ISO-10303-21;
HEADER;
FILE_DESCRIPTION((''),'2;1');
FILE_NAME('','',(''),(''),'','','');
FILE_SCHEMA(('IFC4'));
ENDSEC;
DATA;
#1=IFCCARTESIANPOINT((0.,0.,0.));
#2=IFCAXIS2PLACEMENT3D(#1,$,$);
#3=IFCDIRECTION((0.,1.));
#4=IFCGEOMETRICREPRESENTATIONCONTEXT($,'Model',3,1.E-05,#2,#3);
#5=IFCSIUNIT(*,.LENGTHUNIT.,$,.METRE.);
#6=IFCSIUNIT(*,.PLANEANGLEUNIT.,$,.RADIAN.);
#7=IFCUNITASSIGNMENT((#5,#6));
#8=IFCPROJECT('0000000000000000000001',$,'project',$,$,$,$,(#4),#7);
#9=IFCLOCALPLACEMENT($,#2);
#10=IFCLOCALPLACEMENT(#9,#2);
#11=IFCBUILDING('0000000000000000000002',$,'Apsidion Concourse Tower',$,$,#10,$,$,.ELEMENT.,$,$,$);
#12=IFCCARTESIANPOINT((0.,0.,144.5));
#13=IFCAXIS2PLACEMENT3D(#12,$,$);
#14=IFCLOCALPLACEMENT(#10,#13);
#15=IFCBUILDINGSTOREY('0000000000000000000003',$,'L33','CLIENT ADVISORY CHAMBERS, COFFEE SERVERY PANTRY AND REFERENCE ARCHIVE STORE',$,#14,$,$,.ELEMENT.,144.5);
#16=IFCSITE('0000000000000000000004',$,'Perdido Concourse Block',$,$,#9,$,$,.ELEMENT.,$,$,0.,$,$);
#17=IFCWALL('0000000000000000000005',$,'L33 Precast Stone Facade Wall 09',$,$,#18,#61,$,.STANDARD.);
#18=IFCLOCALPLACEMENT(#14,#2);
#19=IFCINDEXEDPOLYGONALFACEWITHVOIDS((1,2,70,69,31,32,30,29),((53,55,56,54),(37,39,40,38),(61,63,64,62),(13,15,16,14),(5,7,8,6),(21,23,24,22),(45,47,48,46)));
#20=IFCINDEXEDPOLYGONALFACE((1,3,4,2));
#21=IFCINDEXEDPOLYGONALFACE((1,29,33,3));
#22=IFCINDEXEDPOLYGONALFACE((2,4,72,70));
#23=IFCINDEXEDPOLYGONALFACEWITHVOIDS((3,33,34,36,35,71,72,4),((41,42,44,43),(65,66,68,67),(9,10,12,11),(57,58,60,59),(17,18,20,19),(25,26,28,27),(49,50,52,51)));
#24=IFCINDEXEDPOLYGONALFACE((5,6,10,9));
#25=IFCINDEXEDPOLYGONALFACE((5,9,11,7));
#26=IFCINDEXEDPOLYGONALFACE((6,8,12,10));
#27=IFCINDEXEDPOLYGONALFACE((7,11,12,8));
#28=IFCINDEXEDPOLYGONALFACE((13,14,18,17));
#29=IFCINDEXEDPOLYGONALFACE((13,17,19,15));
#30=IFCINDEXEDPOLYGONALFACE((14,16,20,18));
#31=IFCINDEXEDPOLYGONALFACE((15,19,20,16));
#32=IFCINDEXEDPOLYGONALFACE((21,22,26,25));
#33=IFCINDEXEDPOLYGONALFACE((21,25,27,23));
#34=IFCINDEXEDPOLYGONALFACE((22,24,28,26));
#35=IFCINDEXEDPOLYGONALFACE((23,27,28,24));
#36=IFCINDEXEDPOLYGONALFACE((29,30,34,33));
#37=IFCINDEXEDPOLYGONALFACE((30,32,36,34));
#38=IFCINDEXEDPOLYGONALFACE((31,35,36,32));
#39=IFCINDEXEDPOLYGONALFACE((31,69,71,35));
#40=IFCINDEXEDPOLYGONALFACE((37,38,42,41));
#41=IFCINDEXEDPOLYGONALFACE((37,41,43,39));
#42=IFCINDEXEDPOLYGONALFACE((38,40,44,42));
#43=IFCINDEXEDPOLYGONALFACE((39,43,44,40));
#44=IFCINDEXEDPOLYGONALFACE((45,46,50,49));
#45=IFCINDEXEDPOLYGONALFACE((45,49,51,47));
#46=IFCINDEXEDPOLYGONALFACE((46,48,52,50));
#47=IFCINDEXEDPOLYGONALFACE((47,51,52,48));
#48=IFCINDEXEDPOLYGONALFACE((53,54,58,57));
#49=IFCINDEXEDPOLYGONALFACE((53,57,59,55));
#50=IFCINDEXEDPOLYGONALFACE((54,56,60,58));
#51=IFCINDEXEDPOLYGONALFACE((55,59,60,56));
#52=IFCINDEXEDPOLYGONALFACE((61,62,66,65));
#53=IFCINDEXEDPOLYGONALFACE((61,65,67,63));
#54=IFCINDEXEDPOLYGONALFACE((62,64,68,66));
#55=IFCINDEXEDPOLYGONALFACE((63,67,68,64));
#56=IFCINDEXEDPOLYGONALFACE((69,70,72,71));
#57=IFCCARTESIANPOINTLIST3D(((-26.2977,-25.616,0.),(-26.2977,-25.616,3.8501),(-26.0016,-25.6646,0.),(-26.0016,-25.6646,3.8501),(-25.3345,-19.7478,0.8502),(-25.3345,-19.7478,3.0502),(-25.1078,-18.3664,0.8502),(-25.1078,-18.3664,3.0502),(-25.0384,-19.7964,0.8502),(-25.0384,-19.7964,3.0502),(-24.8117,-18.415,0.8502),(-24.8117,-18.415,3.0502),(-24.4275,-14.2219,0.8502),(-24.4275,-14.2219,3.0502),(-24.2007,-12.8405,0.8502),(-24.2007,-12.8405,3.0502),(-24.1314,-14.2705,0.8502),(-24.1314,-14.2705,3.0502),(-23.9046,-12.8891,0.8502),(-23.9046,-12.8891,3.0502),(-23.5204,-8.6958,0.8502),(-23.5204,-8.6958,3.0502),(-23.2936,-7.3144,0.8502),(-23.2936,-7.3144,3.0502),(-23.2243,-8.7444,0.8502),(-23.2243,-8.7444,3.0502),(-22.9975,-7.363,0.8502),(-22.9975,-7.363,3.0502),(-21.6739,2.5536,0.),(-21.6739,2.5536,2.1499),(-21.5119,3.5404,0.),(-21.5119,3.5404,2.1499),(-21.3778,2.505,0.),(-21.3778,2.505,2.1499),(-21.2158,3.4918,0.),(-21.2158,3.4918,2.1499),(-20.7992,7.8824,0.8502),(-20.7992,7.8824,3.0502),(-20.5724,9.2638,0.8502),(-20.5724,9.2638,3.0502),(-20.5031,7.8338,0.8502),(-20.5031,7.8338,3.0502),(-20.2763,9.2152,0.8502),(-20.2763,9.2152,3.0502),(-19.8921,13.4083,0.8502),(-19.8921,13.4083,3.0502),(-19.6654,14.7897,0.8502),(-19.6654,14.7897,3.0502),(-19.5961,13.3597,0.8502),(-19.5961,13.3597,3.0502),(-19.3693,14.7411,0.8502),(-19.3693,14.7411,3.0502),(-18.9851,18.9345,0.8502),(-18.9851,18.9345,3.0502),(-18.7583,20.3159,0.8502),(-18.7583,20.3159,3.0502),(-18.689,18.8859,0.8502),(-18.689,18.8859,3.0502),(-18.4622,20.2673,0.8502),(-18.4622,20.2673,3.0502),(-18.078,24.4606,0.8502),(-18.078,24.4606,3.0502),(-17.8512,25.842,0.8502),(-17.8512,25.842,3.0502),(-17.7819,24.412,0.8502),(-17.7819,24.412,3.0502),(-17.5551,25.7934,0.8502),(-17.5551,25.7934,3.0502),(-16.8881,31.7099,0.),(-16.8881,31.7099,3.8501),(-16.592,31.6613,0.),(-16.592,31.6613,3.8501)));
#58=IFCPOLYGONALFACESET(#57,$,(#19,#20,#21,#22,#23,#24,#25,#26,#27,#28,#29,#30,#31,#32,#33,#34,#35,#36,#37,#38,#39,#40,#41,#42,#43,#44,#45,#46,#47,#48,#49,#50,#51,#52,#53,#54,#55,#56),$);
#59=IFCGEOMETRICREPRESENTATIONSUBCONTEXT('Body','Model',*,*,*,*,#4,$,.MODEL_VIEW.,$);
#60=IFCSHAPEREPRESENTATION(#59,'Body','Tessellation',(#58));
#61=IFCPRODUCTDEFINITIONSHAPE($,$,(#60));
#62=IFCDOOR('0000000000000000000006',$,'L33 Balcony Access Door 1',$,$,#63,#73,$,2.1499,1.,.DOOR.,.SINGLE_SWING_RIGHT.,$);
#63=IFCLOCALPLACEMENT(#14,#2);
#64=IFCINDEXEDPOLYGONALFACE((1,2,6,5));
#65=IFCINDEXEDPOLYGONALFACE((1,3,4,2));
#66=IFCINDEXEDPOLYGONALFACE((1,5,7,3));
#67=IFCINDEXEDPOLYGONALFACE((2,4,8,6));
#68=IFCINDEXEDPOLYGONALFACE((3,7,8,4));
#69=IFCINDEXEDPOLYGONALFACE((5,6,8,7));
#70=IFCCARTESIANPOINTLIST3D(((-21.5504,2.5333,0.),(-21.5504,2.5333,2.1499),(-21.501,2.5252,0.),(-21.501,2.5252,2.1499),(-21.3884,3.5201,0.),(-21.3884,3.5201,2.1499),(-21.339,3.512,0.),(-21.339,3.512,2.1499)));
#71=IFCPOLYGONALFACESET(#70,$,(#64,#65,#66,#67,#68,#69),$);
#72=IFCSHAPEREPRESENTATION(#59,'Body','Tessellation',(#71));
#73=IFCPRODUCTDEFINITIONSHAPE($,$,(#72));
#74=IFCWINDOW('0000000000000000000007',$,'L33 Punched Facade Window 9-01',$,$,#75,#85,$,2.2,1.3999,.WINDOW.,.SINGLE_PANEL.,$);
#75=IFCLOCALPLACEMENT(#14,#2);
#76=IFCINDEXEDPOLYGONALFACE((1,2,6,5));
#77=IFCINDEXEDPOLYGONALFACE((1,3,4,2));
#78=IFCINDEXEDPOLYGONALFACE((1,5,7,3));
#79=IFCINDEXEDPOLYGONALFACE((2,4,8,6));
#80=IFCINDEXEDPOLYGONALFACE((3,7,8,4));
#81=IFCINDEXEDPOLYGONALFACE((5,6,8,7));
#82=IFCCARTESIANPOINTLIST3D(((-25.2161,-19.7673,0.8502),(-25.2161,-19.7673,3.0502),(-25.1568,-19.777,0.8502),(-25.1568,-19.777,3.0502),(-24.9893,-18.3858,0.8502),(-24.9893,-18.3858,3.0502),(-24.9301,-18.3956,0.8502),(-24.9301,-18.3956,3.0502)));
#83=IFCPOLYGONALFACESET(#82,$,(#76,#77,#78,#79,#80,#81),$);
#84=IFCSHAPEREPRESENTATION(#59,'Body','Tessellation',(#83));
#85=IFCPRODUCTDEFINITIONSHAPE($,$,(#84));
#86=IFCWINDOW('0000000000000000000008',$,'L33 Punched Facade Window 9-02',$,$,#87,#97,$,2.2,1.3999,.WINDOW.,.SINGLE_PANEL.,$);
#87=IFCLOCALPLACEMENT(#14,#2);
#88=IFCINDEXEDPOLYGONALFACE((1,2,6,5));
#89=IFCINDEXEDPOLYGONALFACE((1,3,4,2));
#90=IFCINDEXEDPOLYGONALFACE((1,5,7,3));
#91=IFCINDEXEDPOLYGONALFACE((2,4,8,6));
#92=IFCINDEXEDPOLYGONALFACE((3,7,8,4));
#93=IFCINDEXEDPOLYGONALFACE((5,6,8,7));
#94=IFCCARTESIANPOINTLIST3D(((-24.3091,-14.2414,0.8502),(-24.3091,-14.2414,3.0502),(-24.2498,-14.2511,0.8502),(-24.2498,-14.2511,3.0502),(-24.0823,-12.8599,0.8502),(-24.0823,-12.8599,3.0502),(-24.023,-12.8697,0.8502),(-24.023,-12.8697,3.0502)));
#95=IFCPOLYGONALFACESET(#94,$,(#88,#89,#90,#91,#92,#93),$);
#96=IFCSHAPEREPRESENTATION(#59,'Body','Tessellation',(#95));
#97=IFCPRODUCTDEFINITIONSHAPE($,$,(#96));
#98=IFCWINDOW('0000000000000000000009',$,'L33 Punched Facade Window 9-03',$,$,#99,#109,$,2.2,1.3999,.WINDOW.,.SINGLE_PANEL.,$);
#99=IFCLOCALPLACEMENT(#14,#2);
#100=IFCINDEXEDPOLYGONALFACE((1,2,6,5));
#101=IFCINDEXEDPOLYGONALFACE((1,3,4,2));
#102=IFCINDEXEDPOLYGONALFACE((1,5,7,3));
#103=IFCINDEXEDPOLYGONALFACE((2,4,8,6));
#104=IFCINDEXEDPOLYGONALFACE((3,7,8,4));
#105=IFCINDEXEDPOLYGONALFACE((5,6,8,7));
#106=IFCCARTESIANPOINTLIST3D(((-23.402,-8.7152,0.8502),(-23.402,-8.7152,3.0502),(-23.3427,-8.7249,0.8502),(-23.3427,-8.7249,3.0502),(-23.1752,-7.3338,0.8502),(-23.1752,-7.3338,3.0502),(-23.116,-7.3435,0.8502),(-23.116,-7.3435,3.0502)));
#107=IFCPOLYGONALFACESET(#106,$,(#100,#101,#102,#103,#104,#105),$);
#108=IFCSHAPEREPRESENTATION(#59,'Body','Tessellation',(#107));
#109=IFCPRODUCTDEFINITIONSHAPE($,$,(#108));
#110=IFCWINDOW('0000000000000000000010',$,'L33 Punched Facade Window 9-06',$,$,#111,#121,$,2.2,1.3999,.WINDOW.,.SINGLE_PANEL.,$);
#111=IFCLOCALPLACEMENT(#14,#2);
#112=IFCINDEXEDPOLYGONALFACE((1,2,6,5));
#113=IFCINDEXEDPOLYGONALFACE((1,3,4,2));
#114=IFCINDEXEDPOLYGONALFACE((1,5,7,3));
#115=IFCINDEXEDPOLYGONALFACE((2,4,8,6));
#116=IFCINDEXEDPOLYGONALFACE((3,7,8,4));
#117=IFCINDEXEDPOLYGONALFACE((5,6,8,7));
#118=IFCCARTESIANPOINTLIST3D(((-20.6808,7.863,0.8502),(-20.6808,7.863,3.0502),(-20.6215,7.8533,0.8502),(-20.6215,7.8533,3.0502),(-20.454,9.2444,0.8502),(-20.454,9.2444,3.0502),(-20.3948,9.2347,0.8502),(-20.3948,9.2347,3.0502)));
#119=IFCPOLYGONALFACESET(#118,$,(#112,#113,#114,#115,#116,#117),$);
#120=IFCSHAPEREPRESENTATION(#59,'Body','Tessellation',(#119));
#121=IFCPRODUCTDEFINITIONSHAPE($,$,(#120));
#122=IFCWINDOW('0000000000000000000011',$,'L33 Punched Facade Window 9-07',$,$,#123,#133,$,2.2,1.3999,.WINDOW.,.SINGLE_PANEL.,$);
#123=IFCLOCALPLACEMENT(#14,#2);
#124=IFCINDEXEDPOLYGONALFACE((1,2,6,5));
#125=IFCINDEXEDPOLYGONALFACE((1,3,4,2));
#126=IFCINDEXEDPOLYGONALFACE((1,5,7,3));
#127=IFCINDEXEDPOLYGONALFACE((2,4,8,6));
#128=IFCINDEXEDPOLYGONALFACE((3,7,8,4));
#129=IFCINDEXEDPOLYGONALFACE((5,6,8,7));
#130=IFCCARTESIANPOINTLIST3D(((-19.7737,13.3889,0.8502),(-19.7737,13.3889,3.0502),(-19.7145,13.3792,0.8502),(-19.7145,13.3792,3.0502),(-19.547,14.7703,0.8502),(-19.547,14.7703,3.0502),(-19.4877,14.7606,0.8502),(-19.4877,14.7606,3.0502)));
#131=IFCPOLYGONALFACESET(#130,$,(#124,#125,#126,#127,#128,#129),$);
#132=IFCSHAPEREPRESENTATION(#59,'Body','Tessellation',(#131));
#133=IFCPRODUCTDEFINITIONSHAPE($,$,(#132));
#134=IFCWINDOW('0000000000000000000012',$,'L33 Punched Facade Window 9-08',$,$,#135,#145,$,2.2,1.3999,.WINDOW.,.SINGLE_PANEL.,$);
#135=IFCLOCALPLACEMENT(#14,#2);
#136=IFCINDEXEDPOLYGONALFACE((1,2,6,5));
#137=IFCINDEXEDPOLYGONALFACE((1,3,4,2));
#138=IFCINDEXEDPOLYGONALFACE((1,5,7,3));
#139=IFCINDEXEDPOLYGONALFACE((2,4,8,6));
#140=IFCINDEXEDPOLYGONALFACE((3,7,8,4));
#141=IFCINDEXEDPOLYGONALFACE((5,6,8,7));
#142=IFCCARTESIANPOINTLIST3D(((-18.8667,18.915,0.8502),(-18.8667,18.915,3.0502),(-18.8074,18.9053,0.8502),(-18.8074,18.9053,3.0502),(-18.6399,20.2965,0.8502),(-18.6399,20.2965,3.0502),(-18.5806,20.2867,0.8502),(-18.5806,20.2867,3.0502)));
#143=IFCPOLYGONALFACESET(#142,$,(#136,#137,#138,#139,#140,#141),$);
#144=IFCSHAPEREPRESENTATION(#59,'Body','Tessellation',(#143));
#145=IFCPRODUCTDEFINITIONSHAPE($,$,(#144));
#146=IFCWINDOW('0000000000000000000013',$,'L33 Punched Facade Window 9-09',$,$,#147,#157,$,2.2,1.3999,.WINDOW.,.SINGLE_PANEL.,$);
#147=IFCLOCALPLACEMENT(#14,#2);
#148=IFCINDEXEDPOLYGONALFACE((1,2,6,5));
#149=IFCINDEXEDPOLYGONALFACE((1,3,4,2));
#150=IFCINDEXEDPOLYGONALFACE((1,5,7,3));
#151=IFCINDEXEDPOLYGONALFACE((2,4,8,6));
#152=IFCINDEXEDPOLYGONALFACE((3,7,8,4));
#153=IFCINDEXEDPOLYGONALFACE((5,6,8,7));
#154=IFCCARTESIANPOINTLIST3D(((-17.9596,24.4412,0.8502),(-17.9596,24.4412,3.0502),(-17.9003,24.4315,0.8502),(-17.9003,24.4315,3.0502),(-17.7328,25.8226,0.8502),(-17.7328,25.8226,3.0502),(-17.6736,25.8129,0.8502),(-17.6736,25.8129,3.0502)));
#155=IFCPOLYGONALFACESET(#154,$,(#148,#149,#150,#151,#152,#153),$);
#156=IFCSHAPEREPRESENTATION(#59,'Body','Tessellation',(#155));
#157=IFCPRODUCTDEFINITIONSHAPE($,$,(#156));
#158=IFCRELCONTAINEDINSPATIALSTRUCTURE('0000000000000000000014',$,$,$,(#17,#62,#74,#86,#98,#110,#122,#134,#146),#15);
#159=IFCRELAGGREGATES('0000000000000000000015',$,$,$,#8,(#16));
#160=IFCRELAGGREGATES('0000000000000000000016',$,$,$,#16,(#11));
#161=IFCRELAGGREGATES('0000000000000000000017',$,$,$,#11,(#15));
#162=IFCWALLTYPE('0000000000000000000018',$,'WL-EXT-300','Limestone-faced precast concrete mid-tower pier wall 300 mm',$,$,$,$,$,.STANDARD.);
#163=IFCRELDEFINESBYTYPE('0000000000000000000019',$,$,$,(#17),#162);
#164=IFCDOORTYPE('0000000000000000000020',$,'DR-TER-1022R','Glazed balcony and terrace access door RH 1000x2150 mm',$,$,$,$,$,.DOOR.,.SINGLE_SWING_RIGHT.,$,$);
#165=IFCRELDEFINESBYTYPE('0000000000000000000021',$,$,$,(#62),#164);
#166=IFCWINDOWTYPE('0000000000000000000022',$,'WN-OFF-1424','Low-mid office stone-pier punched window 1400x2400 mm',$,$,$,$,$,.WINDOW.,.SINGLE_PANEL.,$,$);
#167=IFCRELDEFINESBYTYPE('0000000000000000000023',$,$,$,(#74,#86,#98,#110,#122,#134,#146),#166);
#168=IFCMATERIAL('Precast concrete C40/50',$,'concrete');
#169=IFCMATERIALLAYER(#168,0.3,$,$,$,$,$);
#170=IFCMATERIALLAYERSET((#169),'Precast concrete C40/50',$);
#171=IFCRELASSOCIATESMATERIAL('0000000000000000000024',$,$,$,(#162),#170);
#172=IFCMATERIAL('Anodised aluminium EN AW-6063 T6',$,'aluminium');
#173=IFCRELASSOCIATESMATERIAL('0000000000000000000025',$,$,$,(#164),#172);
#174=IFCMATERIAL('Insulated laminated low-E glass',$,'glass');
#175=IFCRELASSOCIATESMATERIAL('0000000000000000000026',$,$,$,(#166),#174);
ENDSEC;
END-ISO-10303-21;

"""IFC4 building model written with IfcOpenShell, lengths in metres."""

from ifc_helpers import new_model, si_unit, direction, frame, frame_2d, origin, place, context, subcontext, project, spatial, rectangle, extrude, material, layer, layer_set, type_object, element, fill, save


model = new_model("IFC4")

# Units and contexts
model_context = context("Model", 3, precision=1e-05, world=origin(), true_north=direction((0.0, 1.0)))
body_context = subcontext(model_context, "Body", "Model", "MODEL_VIEW")
ifc_project = project(units=[si_unit("LENGTHUNIT", "METRE"), si_unit("PLANEANGLEUNIT", "RADIAN")], contexts=[model_context])

# Site, building, storey
site_placement = place(None, origin())
site = spatial("IfcSite", under=ifc_project, at=site_placement, Name="Perdido Concourse Block", CompositionType="ELEMENT", RefElevation=0.0)
building_placement = place(site_placement, origin())
building = spatial("IfcBuilding", under=site, at=building_placement, Name="Apsidion Concourse Tower", CompositionType="ELEMENT")
storey_placement = place(building_placement, frame((0.0, 0.0, 144.5)))
storey = spatial("IfcBuildingStorey", under=building, at=storey_placement, Name="L33", Description="CLIENT ADVISORY CHAMBERS, COFFEE SERVERY PANTRY AND REFERENCE ARCHIVE STORE", CompositionType="ELEMENT", Elevation=144.5)

# Shared definitions
ifc_material_1 = material(Name="Precast concrete C40/50", Category="concrete")
ifc_layer_1 = layer(ifc_material_1, 0.3)
ifc_layer_set_1 = layer_set([ifc_layer_1], Name="Precast concrete C40/50")
wall_type_1 = type_object("IfcWallType", Name="WL-EXT-300", Description="Limestone-faced precast concrete mid-tower pier wall 300 mm", PredefinedType="STANDARD", material=ifc_layer_set_1)

# Wall, openings, door, windows
wall_1_placement = place(storey_placement, frame((-26.1497, -25.6401, 0.0), z_axis=(0.0, 0.0, 1.0), x_axis=(0.161976, 0.986795, 0.0)))
wall_1 = element("IfcWall", 1, at=wall_1_placement, inside=storey, type_object=wall_type_1, Name="L33 Precast Stone Facade Wall 09", PredefinedType="STANDARD", context=body_context, shape_type="SweptSolid", body=[
    extrude(rectangle(XDim=58.093, YDim=0.3, at=frame_2d((29.0464, 0.0))), origin(), (0.0, 0.0, 1.0), 3.8501),
])
opening_1_placement = place(wall_1_placement, frame((28.5464, 0.0, 0.0)))
opening_1 = element("IfcOpeningElement", 2, at=opening_1_placement, cuts=wall_1, PredefinedType="OPENING", context=body_context, shape_type="SweptSolid", body=[
    extrude(rectangle(XDim=1.0, YDim=2.1499, at=frame_2d((0.5, 1.075))), frame((0.0, 0.1602, 0.0), z_axis=(0.0, -1.0, 0.0), x_axis=(1.0, 0.0, 0.0)), (0.0, 0.0, 1.0), 0.3201),
])
opening_2_placement = place(wall_1_placement, frame((5.9465, 0.0, 0.8501)))
opening_2 = element("IfcOpeningElement", 3, at=opening_2_placement, cuts=wall_1, PredefinedType="OPENING", context=body_context, shape_type="SweptSolid", body=[
    extrude(rectangle(XDim=1.3999, YDim=2.2, at=frame_2d((0.7, 1.1001))), frame((0.0, 0.1602, 0.0), z_axis=(0.0, -1.0, 0.0), x_axis=(1.0, 0.0, 0.0)), (0.0, 0.0, 1.0), 0.3201),
])
opening_3_placement = place(wall_1_placement, frame((11.5464, 0.0, 0.8501)))
opening_3 = element("IfcOpeningElement", 4, at=opening_3_placement, cuts=wall_1, PredefinedType="OPENING", context=body_context, shape_type="SweptSolid", body=[
    extrude(rectangle(XDim=1.3999, YDim=2.2, at=frame_2d((0.7, 1.1001))), frame((0.0, 0.1602, 0.0), z_axis=(0.0, -1.0, 0.0), x_axis=(1.0, 0.0, 0.0)), (0.0, 0.0, 1.0), 0.3201),
])
opening_4_placement = place(wall_1_placement, frame((17.1465, 0.0, 0.8501)))
opening_4 = element("IfcOpeningElement", 5, at=opening_4_placement, cuts=wall_1, PredefinedType="OPENING", context=body_context, shape_type="SweptSolid", body=[
    extrude(rectangle(XDim=1.3999, YDim=2.2, at=frame_2d((0.7, 1.1001))), frame((0.0, 0.1602, 0.0), z_axis=(0.0, -1.0, 0.0), x_axis=(1.0, 0.0, 0.0)), (0.0, 0.0, 1.0), 0.3201),
])
opening_5_placement = place(wall_1_placement, frame((33.9465, 0.0, 0.8501)))
opening_5 = element("IfcOpeningElement", 6, at=opening_5_placement, cuts=wall_1, PredefinedType="OPENING", context=body_context, shape_type="SweptSolid", body=[
    extrude(rectangle(XDim=1.3999, YDim=2.2, at=frame_2d((0.7, 1.1001))), frame((0.0, 0.1602, 0.0), z_axis=(0.0, -1.0, 0.0), x_axis=(1.0, 0.0, 0.0)), (0.0, 0.0, 1.0), 0.3201),
])
opening_6_placement = place(wall_1_placement, frame((39.5464, 0.0, 0.8501)))
opening_6 = element("IfcOpeningElement", 7, at=opening_6_placement, cuts=wall_1, PredefinedType="OPENING", context=body_context, shape_type="SweptSolid", body=[
    extrude(rectangle(XDim=1.3999, YDim=2.2, at=frame_2d((0.7, 1.1001))), frame((0.0, 0.1602, 0.0), z_axis=(0.0, -1.0, 0.0), x_axis=(1.0, 0.0, 0.0)), (0.0, 0.0, 1.0), 0.3201),
])
opening_7_placement = place(wall_1_placement, frame((45.1465, 0.0, 0.8501)))
opening_7 = element("IfcOpeningElement", 8, at=opening_7_placement, cuts=wall_1, PredefinedType="OPENING", context=body_context, shape_type="SweptSolid", body=[
    extrude(rectangle(XDim=1.3999, YDim=2.2, at=frame_2d((0.7, 1.1001))), frame((0.0, 0.1602, 0.0), z_axis=(0.0, -1.0, 0.0), x_axis=(1.0, 0.0, 0.0)), (0.0, 0.0, 1.0), 0.3201),
])
opening_8_placement = place(wall_1_placement, frame((50.7466, 0.0, 0.8501)))
opening_8 = element("IfcOpeningElement", 9, at=opening_8_placement, cuts=wall_1, PredefinedType="OPENING", context=body_context, shape_type="SweptSolid", body=[
    extrude(rectangle(XDim=1.3999, YDim=2.2, at=frame_2d((0.7, 1.1001))), frame((0.0, 0.1602, 0.0), z_axis=(0.0, -1.0, 0.0), x_axis=(1.0, 0.0, 0.0)), (0.0, 0.0, 1.0), 0.3201),
])
ifc_material_2 = material(Name="Anodised aluminium EN AW-6063 T6", Category="aluminium")
door_type_1 = type_object("IfcDoorType", Name="DR-TER-1022R", Description="Glazed balcony and terrace access door RH 1000x2150 mm", OperationType="SINGLE_SWING_RIGHT", PredefinedType="DOOR", material=ifc_material_2)
door_1_placement = place(opening_1_placement, origin())
door_1 = element("IfcDoor", 10, at=door_1_placement, inside=storey, type_object=door_type_1, Name="L33 Balcony Access Door 1", OperationType="SINGLE_SWING_RIGHT", OverallHeight=2.1499, OverallWidth=1.0, PredefinedType="DOOR", context=body_context, shape_type="SweptSolid", body=[
    extrude(rectangle(XDim=1.0, YDim=2.1499, at=frame_2d((0.5, 1.075))), frame((0.0, 0.0249, 0.0), z_axis=(0.0, -1.0, 0.0), x_axis=(1.0, 0.0, 0.0)), (0.0, 0.0, 1.0), 0.05),
])
fill(opening_1, door_1)
ifc_material_3 = material(Name="Insulated laminated low-E glass", Category="glass")
window_type = type_object("IfcWindowType", Name="WN-OFF-1424", Description="Low-mid office stone-pier punched window 1400x2400 mm", PartitioningType="SINGLE_PANEL", PredefinedType="WINDOW", material=ifc_material_3)
window_1_placement = place(opening_2_placement, origin())
window_1 = element("IfcWindow", 11, at=window_1_placement, inside=storey, type_object=window_type, Name="L33 Punched Facade Window 9-01", OverallHeight=2.2, OverallWidth=1.3999, PartitioningType="SINGLE_PANEL", PredefinedType="WINDOW", context=body_context, shape_type="SweptSolid", body=[
    extrude(rectangle(XDim=1.3999, YDim=2.2, at=frame_2d((0.7, 1.1001))), frame((0.0, 0.03, 0.0), z_axis=(0.0, -1.0, 0.0), x_axis=(1.0, 0.0, 0.0)), (0.0, 0.0, 1.0), 0.0601),
])
fill(opening_2, window_1)
window_2_placement = place(opening_3_placement, origin())
window_2 = element("IfcWindow", 12, at=window_2_placement, inside=storey, type_object=window_type, Name="L33 Punched Facade Window 9-02", OverallHeight=2.2, OverallWidth=1.3999, PartitioningType="SINGLE_PANEL", PredefinedType="WINDOW", context=body_context, shape_type="SweptSolid", body=[
    extrude(rectangle(XDim=1.3999, YDim=2.2, at=frame_2d((0.7, 1.1001))), frame((0.0, 0.03, 0.0), z_axis=(0.0, -1.0, 0.0), x_axis=(1.0, 0.0, 0.0)), (0.0, 0.0, 1.0), 0.0601),
])
fill(opening_3, window_2)
window_3_placement = place(opening_4_placement, origin())
window_3 = element("IfcWindow", 13, at=window_3_placement, inside=storey, type_object=window_type, Name="L33 Punched Facade Window 9-03", OverallHeight=2.2, OverallWidth=1.3999, PartitioningType="SINGLE_PANEL", PredefinedType="WINDOW", context=body_context, shape_type="SweptSolid", body=[
    extrude(rectangle(XDim=1.3999, YDim=2.2, at=frame_2d((0.7, 1.1001))), frame((0.0, 0.03, 0.0), z_axis=(0.0, -1.0, 0.0), x_axis=(1.0, 0.0, 0.0)), (0.0, 0.0, 1.0), 0.0601),
])
fill(opening_4, window_3)
window_4_placement = place(opening_5_placement, origin())
window_4 = element("IfcWindow", 14, at=window_4_placement, inside=storey, type_object=window_type, Name="L33 Punched Facade Window 9-06", OverallHeight=2.2, OverallWidth=1.3999, PartitioningType="SINGLE_PANEL", PredefinedType="WINDOW", context=body_context, shape_type="SweptSolid", body=[
    extrude(rectangle(XDim=1.3999, YDim=2.2, at=frame_2d((0.7, 1.1001))), frame((0.0, 0.03, 0.0), z_axis=(0.0, -1.0, 0.0), x_axis=(1.0, 0.0, 0.0)), (0.0, 0.0, 1.0), 0.0601),
])
fill(opening_5, window_4)
window_5_placement = place(opening_6_placement, origin())
window_5 = element("IfcWindow", 15, at=window_5_placement, inside=storey, type_object=window_type, Name="L33 Punched Facade Window 9-07", OverallHeight=2.2, OverallWidth=1.3999, PartitioningType="SINGLE_PANEL", PredefinedType="WINDOW", context=body_context, shape_type="SweptSolid", body=[
    extrude(rectangle(XDim=1.3999, YDim=2.2, at=frame_2d((0.7, 1.1001))), frame((0.0, 0.03, 0.0), z_axis=(0.0, -1.0, 0.0), x_axis=(1.0, 0.0, 0.0)), (0.0, 0.0, 1.0), 0.0601),
])
fill(opening_6, window_5)
window_6_placement = place(opening_7_placement, origin())
window_6 = element("IfcWindow", 16, at=window_6_placement, inside=storey, type_object=window_type, Name="L33 Punched Facade Window 9-08", OverallHeight=2.2, OverallWidth=1.3999, PartitioningType="SINGLE_PANEL", PredefinedType="WINDOW", context=body_context, shape_type="SweptSolid", body=[
    extrude(rectangle(XDim=1.3999, YDim=2.2, at=frame_2d((0.7, 1.1001))), frame((0.0, 0.03, 0.0), z_axis=(0.0, -1.0, 0.0), x_axis=(1.0, 0.0, 0.0)), (0.0, 0.0, 1.0), 0.0601),
])
fill(opening_7, window_6)
window_7_placement = place(opening_8_placement, origin())
window_7 = element("IfcWindow", 17, at=window_7_placement, inside=storey, type_object=window_type, Name="L33 Punched Facade Window 9-09", OverallHeight=2.2, OverallWidth=1.3999, PartitioningType="SINGLE_PANEL", PredefinedType="WINDOW", context=body_context, shape_type="SweptSolid", body=[
    extrude(rectangle(XDim=1.3999, YDim=2.2, at=frame_2d((0.7, 1.1001))), frame((0.0, 0.03, 0.0), z_axis=(0.0, -1.0, 0.0), x_axis=(1.0, 0.0, 0.0)), (0.0, 0.0, 1.0), 0.0601),
])
fill(opening_8, window_7)

save(model, "model.ifc")
